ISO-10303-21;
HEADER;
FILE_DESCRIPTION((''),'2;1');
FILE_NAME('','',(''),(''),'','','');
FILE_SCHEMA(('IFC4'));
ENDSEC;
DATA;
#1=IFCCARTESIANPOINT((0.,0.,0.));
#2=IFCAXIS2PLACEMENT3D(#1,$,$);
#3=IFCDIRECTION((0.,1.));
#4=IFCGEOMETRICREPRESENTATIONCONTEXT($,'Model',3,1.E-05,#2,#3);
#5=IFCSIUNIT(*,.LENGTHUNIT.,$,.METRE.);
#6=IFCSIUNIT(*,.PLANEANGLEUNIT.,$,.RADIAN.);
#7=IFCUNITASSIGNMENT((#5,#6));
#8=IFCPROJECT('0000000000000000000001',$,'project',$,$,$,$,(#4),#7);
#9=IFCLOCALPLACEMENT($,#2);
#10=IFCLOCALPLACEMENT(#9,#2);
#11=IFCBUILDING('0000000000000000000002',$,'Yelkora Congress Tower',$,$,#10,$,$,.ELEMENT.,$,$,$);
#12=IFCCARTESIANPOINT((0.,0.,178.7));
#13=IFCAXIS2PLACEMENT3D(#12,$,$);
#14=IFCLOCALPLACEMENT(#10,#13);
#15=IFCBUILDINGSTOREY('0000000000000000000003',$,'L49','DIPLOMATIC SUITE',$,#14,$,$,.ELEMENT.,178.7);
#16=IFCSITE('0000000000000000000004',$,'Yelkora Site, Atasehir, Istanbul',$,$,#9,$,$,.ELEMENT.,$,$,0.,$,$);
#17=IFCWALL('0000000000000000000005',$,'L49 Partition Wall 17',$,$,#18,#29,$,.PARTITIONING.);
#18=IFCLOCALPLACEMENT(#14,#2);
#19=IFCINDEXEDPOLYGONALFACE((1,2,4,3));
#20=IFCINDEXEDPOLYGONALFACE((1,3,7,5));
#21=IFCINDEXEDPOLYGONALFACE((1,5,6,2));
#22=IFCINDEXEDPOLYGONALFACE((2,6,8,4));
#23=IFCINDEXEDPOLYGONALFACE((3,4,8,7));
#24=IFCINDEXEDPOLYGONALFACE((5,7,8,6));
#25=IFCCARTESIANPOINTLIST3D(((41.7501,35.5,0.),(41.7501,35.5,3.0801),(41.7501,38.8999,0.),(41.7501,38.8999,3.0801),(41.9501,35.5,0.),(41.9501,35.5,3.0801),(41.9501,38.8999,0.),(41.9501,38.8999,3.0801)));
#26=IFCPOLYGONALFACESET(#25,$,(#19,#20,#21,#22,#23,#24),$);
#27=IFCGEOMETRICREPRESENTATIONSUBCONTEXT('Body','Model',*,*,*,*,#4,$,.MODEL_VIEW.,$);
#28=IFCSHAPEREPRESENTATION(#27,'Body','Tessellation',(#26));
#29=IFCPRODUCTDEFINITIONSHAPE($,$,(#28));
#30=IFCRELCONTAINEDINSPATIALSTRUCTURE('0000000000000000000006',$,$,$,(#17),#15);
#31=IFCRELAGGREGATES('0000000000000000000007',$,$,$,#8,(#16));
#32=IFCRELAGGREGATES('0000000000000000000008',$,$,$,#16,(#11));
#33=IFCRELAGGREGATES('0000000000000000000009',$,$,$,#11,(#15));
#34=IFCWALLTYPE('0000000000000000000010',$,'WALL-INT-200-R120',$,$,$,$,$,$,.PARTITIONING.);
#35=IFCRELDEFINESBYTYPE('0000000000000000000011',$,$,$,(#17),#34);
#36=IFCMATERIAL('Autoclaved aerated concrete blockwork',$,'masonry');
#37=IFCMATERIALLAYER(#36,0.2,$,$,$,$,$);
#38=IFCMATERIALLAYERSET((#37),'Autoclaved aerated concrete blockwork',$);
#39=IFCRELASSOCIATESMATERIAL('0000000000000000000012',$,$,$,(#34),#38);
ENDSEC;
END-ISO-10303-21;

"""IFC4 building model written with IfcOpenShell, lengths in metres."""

from ifc_helpers import new_model, si_unit, direction, frame, frame_2d, origin, place, context, subcontext, project, spatial, rectangle, extrude, material, layer, layer_set, type_object, element, save


model = new_model("IFC4")

# Units and contexts
model_context = context("Model", 3, precision=1e-05, world=origin(), true_north=direction((0.0, 1.0)))
body_context = subcontext(model_context, "Body", "Model", "MODEL_VIEW")
ifc_project = project(units=[si_unit("LENGTHUNIT", "METRE"), si_unit("PLANEANGLEUNIT", "RADIAN")], contexts=[model_context])

# Site, building, storey
site_placement = place(None, origin())
site = spatial("IfcSite", under=ifc_project, at=site_placement, Name="Yelkora Site, Atasehir, Istanbul", CompositionType="ELEMENT", RefElevation=0.0)
building_placement = place(site_placement, origin())
building = spatial("IfcBuilding", under=site, at=building_placement, Name="Yelkora Congress Tower", CompositionType="ELEMENT")
storey_placement = place(building_placement, frame((0.0, 0.0, 178.7)))
storey = spatial("IfcBuildingStorey", under=building, at=storey_placement, Name="L49", Description="DIPLOMATIC SUITE", CompositionType="ELEMENT", Elevation=178.7)

# Shared definitions
ifc_material_1 = material(Name="Autoclaved aerated concrete blockwork", Category="masonry")
ifc_layer_1 = layer(ifc_material_1, 0.2)
ifc_layer_set_1 = layer_set([ifc_layer_1], Name="Autoclaved aerated concrete blockwork")
wall_type_1 = type_object("IfcWallType", Name="WALL-INT-200-R120", PredefinedType="PARTITIONING", material=ifc_layer_set_1)

# Wall
wall_1_placement = place(storey_placement, frame((41.8501, 35.5, 0.0), z_axis=(0.0, 0.0, 1.0), x_axis=(0.0, 1.0, 0.0)))
element("IfcWall", 1, at=wall_1_placement, inside=storey, type_object=wall_type_1, Name="L49 Partition Wall 17", PredefinedType="PARTITIONING", context=body_context, shape_type="SweptSolid", body=[
    extrude(rectangle(XDim=3.3999, YDim=0.2, at=frame_2d((1.7, 0.0))), origin(), (0.0, 0.0, 1.0), 3.0801),
])

save(model, "model.ifc")
